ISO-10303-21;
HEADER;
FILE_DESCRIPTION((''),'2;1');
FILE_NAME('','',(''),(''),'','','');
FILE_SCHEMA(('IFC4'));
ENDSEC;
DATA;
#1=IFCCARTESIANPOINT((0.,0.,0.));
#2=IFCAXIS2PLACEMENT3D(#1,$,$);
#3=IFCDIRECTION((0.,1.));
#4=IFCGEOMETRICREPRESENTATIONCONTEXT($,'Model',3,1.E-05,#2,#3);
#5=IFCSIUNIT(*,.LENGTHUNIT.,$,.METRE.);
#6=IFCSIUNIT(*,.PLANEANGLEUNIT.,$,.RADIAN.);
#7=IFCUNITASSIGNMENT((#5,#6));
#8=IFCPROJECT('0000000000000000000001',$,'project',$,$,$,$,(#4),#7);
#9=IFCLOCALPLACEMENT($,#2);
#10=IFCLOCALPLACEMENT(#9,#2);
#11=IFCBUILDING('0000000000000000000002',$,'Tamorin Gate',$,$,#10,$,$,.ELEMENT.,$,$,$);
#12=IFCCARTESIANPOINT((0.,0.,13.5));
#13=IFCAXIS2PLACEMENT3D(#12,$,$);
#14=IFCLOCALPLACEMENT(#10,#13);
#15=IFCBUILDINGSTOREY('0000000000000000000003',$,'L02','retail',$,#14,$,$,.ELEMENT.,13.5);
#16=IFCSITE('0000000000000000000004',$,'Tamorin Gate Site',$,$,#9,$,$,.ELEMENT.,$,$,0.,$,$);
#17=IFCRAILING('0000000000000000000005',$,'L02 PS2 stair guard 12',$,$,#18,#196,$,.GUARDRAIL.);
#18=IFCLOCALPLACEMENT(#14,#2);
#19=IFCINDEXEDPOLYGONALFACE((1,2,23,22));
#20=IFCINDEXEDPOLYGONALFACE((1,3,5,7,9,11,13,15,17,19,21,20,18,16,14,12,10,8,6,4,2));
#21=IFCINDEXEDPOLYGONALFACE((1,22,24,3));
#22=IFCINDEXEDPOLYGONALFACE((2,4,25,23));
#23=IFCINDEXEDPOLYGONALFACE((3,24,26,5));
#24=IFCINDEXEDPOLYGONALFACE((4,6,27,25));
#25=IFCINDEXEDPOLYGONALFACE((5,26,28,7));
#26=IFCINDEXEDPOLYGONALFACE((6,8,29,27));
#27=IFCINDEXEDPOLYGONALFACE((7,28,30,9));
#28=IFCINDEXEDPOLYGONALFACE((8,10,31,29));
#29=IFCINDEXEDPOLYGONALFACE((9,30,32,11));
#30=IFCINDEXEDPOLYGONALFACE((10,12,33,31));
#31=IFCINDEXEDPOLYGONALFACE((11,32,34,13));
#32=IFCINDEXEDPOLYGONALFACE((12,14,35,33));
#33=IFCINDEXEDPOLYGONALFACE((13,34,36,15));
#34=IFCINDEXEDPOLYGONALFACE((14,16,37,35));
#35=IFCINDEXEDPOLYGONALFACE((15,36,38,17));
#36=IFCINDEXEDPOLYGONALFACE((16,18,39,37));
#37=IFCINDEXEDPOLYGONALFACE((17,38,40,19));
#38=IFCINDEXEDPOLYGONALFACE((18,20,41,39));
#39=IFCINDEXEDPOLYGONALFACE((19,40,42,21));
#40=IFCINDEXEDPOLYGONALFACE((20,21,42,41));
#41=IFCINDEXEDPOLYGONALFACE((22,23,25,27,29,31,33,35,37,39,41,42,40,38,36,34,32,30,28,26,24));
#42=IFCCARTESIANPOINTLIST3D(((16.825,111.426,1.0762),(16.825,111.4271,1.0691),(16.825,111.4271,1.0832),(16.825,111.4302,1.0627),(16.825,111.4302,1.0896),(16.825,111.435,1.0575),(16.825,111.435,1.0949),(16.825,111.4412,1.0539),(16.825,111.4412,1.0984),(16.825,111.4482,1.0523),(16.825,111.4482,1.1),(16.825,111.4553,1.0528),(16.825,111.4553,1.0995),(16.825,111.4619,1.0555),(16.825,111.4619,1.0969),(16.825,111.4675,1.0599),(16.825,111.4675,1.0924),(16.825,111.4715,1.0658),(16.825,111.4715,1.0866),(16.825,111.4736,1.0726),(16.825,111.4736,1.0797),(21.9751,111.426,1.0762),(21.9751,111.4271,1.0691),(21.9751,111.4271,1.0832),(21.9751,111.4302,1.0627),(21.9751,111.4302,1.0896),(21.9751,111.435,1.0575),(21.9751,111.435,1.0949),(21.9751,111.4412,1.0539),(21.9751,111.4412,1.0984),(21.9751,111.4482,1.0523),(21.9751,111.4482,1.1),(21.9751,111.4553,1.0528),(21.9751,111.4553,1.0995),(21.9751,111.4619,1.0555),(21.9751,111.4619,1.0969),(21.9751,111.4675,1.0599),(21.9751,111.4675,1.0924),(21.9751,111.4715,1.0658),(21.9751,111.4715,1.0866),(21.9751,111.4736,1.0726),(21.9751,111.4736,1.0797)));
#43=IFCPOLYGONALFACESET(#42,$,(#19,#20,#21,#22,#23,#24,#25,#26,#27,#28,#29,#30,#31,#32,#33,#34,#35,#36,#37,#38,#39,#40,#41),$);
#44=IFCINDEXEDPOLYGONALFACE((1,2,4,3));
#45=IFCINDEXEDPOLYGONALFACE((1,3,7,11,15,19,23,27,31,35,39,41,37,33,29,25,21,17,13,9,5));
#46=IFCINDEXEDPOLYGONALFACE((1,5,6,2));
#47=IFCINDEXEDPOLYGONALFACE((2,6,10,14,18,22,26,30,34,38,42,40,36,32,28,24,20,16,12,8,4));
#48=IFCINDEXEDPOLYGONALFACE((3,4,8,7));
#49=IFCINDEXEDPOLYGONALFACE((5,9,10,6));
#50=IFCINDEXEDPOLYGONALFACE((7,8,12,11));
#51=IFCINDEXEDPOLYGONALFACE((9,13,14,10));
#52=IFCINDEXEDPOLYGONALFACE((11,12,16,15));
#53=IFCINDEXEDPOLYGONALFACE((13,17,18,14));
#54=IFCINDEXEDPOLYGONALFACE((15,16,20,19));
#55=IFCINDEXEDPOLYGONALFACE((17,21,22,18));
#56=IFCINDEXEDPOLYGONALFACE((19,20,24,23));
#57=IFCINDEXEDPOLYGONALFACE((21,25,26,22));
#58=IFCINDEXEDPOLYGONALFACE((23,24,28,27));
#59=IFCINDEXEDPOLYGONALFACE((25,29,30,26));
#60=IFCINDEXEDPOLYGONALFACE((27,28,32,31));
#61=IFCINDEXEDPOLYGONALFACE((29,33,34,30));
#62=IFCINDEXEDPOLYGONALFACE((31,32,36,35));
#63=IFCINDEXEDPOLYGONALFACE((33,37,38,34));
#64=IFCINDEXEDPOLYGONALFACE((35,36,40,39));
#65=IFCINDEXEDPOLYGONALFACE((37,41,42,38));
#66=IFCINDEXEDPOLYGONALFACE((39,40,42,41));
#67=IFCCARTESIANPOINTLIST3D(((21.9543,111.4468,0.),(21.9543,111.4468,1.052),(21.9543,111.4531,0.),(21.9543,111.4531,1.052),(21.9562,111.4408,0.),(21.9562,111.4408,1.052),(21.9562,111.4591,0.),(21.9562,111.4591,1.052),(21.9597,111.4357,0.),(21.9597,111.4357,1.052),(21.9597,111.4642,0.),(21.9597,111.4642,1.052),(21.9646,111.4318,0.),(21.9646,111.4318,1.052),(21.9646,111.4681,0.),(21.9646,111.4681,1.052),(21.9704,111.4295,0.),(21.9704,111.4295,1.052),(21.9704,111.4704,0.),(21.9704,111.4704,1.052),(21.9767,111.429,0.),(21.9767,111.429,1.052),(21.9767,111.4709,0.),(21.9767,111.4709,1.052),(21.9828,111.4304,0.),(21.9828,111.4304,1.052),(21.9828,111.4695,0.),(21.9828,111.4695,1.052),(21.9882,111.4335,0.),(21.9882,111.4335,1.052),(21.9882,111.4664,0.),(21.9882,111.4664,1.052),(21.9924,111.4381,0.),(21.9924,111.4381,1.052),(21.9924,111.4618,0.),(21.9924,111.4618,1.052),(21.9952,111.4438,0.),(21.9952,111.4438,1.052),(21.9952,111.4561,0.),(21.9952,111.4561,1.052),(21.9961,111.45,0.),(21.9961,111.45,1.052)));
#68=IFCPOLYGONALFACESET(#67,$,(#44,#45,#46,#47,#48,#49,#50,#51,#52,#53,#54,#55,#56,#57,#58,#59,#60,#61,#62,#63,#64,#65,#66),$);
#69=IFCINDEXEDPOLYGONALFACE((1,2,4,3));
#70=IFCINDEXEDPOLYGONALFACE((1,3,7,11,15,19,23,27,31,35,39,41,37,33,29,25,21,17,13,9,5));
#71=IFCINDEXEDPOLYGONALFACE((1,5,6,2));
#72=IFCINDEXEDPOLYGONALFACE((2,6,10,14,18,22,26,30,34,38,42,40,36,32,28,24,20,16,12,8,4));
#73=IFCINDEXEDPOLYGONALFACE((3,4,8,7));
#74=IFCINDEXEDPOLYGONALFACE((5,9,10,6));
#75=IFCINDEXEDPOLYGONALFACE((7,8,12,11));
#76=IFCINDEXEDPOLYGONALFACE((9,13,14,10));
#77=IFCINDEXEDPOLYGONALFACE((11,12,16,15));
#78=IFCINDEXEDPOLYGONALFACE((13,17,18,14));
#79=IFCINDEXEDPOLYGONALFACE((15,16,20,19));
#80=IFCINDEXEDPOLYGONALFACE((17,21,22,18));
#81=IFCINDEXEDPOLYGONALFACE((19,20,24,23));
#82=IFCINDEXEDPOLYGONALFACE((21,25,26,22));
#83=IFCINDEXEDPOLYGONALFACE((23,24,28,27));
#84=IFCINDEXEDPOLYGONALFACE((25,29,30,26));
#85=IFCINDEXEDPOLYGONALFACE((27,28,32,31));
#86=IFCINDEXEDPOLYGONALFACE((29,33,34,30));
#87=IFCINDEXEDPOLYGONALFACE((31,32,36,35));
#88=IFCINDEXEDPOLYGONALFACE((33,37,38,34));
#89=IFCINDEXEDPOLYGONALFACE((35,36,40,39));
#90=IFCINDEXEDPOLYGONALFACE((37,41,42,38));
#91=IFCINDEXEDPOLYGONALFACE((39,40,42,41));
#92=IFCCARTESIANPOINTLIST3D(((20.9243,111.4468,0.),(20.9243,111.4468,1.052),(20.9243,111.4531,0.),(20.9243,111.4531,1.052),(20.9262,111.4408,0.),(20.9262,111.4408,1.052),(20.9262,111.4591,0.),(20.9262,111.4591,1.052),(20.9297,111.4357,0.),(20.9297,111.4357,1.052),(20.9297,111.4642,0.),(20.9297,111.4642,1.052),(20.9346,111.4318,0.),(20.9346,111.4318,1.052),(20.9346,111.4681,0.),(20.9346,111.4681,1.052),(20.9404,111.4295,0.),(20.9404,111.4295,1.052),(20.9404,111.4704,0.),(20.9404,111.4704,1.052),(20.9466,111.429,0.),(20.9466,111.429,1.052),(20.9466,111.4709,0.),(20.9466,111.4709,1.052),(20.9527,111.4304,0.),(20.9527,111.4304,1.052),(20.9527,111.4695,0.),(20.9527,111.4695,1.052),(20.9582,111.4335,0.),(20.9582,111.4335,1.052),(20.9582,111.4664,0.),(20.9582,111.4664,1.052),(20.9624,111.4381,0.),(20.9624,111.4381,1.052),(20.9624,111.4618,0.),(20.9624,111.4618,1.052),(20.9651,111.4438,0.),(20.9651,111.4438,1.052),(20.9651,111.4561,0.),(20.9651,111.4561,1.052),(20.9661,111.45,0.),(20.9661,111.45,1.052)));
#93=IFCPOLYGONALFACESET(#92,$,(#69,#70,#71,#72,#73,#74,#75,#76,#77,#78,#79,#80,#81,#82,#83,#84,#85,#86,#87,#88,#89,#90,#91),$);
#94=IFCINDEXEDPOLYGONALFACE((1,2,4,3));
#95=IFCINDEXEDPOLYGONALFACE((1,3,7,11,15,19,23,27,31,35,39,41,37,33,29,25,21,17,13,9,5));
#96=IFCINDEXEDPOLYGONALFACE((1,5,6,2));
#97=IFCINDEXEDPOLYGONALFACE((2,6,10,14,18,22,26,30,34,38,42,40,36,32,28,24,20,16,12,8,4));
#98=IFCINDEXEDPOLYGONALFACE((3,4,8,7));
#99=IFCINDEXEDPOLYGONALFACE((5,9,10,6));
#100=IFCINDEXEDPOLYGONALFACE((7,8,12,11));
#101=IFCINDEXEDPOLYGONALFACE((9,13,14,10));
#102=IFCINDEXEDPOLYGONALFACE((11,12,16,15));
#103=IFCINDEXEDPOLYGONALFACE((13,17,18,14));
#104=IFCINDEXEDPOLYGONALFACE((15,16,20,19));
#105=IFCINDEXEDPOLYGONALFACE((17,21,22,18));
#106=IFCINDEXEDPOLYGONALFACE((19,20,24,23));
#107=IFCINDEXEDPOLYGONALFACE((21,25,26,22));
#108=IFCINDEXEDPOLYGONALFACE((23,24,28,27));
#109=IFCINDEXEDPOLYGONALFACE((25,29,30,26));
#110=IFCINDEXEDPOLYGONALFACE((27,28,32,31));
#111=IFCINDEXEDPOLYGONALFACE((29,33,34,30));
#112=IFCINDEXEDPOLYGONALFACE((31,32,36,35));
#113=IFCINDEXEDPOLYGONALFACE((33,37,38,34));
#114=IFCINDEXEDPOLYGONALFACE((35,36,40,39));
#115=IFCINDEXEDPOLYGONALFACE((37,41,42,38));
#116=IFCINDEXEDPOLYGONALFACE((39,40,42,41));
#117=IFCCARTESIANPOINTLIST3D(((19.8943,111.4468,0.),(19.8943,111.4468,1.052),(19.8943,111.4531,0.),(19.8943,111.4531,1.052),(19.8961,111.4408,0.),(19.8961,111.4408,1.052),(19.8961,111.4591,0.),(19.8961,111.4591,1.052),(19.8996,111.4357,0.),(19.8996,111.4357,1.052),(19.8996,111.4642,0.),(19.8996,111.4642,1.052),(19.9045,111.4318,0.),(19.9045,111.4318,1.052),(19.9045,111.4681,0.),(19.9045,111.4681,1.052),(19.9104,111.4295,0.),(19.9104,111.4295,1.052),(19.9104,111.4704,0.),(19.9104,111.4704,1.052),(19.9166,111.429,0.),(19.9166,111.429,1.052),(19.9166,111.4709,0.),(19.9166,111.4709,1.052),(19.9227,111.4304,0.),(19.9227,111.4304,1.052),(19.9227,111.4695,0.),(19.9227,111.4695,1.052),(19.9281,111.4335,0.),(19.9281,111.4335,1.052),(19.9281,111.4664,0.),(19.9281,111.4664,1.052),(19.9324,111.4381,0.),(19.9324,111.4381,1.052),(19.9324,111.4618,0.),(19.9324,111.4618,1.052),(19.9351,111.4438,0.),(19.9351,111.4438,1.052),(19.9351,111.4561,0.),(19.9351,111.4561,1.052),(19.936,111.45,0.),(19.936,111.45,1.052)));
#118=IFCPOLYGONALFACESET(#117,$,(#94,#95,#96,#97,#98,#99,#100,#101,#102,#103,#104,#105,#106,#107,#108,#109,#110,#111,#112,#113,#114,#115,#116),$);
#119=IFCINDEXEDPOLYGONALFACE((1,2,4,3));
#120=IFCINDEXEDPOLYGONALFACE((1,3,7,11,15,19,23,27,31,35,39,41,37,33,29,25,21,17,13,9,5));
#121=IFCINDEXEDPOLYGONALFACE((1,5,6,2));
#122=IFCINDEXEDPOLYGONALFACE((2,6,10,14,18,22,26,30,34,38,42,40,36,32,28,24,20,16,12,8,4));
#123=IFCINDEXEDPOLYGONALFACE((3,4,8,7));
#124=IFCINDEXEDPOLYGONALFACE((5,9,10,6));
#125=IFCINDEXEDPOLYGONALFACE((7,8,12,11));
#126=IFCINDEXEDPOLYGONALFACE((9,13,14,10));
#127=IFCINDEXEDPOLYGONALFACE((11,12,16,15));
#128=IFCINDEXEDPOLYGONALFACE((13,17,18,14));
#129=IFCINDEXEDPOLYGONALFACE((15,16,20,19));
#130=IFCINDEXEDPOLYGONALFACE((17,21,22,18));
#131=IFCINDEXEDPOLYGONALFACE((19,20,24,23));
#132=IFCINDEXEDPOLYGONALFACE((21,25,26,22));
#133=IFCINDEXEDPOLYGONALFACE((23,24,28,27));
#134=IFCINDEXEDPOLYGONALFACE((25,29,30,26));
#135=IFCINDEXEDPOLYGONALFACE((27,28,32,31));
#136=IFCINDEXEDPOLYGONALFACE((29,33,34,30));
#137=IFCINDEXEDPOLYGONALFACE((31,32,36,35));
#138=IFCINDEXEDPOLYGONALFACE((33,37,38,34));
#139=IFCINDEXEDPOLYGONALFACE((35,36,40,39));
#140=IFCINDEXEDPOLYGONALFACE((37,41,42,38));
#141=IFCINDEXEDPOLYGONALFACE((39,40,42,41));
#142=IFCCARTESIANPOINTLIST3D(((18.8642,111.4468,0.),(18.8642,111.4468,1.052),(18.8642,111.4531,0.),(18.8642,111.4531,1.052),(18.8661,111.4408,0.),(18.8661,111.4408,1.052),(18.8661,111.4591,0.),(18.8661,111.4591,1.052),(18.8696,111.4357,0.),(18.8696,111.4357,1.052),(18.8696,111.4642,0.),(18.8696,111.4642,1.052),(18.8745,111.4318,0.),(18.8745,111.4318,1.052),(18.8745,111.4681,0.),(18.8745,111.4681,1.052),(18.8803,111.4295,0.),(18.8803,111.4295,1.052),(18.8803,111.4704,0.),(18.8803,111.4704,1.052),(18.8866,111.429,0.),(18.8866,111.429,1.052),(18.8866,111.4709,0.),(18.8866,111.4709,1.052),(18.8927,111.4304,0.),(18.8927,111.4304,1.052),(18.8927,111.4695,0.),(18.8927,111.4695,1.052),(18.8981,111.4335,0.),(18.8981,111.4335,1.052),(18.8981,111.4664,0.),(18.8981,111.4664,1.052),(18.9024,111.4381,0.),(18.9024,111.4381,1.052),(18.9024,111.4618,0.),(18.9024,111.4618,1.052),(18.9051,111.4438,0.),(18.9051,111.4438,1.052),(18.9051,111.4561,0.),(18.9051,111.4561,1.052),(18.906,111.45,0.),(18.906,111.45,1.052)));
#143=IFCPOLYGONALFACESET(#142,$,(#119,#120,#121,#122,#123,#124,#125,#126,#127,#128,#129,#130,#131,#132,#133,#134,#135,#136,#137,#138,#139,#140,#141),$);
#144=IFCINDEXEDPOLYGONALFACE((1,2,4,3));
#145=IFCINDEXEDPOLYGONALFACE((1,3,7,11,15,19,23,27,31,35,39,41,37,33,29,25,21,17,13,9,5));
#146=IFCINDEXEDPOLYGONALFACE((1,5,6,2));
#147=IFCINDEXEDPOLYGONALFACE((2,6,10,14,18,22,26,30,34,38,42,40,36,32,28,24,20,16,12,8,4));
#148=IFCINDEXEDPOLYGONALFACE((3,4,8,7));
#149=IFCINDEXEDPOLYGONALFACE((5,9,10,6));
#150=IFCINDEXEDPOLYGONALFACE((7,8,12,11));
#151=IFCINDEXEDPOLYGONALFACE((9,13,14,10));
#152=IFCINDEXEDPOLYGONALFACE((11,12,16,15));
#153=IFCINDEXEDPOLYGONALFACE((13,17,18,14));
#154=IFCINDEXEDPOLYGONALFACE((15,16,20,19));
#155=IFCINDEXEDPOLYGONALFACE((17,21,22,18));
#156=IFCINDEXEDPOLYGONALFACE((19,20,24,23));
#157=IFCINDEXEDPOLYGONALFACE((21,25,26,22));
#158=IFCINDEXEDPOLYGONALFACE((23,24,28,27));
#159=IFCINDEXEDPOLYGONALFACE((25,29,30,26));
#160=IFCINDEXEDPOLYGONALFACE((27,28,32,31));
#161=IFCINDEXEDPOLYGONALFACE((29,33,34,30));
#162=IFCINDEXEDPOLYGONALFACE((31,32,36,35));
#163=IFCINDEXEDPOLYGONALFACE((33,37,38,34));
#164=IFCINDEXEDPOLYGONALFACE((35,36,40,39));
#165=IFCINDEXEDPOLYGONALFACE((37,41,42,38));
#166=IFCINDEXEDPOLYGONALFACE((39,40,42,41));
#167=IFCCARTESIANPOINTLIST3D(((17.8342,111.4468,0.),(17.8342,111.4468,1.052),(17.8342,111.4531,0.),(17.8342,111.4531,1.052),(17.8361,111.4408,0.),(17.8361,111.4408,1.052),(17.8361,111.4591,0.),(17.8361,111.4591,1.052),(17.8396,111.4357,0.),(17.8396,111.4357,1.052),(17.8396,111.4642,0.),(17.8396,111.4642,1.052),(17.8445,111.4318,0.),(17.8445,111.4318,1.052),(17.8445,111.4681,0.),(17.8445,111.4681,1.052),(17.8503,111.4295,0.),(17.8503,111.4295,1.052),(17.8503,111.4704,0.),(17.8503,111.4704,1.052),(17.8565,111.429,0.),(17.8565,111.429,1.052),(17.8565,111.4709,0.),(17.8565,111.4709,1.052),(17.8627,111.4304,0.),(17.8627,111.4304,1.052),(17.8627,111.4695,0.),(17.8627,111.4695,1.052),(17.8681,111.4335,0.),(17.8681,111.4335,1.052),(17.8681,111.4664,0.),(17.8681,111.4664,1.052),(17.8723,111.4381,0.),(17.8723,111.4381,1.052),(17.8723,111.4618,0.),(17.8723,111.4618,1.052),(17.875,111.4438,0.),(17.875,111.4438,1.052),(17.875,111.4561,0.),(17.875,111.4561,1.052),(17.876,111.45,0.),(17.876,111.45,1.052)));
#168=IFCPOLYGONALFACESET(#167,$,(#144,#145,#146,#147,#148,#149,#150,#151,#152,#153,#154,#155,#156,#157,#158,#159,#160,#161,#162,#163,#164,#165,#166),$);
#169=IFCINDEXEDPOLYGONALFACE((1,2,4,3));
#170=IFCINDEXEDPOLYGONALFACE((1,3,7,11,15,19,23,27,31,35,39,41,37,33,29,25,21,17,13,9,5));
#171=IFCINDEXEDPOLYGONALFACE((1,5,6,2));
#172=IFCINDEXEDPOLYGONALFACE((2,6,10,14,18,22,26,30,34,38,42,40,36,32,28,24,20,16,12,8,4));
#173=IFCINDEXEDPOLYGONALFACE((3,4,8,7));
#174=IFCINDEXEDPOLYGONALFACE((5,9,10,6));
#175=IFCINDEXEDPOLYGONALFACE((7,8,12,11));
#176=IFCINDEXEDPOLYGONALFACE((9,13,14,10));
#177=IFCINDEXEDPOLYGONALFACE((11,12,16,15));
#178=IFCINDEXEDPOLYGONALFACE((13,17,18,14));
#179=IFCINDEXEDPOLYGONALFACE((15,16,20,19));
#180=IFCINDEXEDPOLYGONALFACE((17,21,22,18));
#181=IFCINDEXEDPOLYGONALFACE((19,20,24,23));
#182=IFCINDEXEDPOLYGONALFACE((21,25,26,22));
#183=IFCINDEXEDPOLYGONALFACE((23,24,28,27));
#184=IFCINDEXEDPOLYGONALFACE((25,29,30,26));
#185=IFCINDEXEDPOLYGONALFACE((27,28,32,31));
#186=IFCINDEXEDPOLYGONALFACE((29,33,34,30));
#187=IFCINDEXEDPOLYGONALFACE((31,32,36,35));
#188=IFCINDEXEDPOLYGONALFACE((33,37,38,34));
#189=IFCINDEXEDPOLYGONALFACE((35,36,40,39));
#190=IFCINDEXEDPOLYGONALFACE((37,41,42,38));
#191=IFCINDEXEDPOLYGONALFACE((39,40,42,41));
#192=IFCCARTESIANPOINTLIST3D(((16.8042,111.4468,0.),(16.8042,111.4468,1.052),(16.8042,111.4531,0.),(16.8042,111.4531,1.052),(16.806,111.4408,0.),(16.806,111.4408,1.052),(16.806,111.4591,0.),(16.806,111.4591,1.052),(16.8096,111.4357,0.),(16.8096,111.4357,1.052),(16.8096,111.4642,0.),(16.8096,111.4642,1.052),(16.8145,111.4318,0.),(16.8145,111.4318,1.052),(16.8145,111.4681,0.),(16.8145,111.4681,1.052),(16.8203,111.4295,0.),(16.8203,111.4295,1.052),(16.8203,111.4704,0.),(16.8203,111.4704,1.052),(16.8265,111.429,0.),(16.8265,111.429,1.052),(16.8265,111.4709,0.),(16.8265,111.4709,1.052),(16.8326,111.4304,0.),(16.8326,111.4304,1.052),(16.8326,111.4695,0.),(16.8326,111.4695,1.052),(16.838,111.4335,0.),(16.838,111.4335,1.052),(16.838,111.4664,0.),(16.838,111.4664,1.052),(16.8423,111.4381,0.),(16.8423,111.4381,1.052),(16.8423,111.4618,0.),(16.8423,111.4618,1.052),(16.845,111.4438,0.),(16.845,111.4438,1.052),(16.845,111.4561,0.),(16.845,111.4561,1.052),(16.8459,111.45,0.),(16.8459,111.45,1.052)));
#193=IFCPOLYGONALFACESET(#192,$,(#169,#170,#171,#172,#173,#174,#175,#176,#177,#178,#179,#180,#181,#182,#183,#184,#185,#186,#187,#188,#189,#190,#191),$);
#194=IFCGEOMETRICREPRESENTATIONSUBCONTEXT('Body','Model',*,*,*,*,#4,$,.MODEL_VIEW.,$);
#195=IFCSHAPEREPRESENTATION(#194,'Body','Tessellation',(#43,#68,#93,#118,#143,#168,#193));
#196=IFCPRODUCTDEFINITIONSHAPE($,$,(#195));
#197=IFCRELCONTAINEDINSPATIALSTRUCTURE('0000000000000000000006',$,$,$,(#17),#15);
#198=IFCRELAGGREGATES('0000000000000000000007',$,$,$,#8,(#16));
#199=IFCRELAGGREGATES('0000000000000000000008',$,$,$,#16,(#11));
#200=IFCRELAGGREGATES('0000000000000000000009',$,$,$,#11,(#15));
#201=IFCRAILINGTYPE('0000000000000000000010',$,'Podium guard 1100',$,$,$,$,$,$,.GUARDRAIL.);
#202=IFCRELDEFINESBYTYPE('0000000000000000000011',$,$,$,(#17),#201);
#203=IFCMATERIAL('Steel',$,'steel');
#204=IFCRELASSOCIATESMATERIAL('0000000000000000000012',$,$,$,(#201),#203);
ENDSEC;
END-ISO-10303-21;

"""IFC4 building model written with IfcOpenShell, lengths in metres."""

from ifc_helpers import new_model, si_unit, direction, frame, origin, origin_2d, place, context, subcontext, project, spatial, circle, extrude, material, type_object, element, save


model = new_model("IFC4")

# Units and contexts
model_context = context("Model", 3, precision=1e-05, world=origin(), true_north=direction((0.0, 1.0)))
body_context = subcontext(model_context, "Body", "Model", "MODEL_VIEW")
ifc_project = project(units=[si_unit("LENGTHUNIT", "METRE"), si_unit("PLANEANGLEUNIT", "RADIAN")], contexts=[model_context])

# Site, building, storey
site_placement = place(None, origin())
site = spatial("IfcSite", under=ifc_project, at=site_placement, Name="Tamorin Gate Site", CompositionType="ELEMENT", RefElevation=0.0)
building_placement = place(site_placement, origin())
building = spatial("IfcBuilding", under=site, at=building_placement, Name="Tamorin Gate", CompositionType="ELEMENT")
storey_placement = place(building_placement, frame((0.0, 0.0, 13.5)))
storey = spatial("IfcBuildingStorey", under=building, at=storey_placement, Name="L02", Description="retail", CompositionType="ELEMENT", Elevation=13.5)

# Railing
ifc_material_1 = material(Name="Steel", Category="steel")
railing_type = type_object("IfcRailingType", Name="Podium guard 1100", PredefinedType="GUARDRAIL", material=ifc_material_1)
railing_1_placement = place(storey_placement, frame((21.9751, 111.45, 0.0)))
element("IfcRailing", 1, at=railing_1_placement, inside=storey, type_object=railing_type, Name="L02 PS2 stair guard 12", PredefinedType="GUARDRAIL", context=body_context, shape_type="SweptSolid", body=[
    extrude(circle(Radius=0.0239, at=origin_2d()), frame((0.0, 0.0, 1.0762), z_axis=(-1.0, 0.0, 0.0), x_axis=(0.0, -1.0, 0.0)), (0.0, 0.0, 1.0), 5.1501),
    extrude(circle(Radius=0.021, at=origin_2d()), origin(), (0.0, 0.0, 1.0), 1.052),
    extrude(circle(Radius=0.021, at=origin_2d()), frame((-1.03, 0.0, 0.0)), (0.0, 0.0, 1.0), 1.052),
    extrude(circle(Radius=0.021, at=origin_2d()), frame((-2.0601, 0.0, 0.0)), (0.0, 0.0, 1.0), 1.052),
    extrude(circle(Radius=0.021, at=origin_2d()), frame((-3.0901, 0.0, 0.0)), (0.0, 0.0, 1.0), 1.052),
    extrude(circle(Radius=0.021, at=origin_2d()), frame((-4.1201, 0.0, 0.0)), (0.0, 0.0, 1.0), 1.052),
    extrude(circle(Radius=0.021, at=origin_2d()), frame((-5.1501, 0.0, 0.0)), (0.0, 0.0, 1.0), 1.052),
])

save(model, "model.ifc")
